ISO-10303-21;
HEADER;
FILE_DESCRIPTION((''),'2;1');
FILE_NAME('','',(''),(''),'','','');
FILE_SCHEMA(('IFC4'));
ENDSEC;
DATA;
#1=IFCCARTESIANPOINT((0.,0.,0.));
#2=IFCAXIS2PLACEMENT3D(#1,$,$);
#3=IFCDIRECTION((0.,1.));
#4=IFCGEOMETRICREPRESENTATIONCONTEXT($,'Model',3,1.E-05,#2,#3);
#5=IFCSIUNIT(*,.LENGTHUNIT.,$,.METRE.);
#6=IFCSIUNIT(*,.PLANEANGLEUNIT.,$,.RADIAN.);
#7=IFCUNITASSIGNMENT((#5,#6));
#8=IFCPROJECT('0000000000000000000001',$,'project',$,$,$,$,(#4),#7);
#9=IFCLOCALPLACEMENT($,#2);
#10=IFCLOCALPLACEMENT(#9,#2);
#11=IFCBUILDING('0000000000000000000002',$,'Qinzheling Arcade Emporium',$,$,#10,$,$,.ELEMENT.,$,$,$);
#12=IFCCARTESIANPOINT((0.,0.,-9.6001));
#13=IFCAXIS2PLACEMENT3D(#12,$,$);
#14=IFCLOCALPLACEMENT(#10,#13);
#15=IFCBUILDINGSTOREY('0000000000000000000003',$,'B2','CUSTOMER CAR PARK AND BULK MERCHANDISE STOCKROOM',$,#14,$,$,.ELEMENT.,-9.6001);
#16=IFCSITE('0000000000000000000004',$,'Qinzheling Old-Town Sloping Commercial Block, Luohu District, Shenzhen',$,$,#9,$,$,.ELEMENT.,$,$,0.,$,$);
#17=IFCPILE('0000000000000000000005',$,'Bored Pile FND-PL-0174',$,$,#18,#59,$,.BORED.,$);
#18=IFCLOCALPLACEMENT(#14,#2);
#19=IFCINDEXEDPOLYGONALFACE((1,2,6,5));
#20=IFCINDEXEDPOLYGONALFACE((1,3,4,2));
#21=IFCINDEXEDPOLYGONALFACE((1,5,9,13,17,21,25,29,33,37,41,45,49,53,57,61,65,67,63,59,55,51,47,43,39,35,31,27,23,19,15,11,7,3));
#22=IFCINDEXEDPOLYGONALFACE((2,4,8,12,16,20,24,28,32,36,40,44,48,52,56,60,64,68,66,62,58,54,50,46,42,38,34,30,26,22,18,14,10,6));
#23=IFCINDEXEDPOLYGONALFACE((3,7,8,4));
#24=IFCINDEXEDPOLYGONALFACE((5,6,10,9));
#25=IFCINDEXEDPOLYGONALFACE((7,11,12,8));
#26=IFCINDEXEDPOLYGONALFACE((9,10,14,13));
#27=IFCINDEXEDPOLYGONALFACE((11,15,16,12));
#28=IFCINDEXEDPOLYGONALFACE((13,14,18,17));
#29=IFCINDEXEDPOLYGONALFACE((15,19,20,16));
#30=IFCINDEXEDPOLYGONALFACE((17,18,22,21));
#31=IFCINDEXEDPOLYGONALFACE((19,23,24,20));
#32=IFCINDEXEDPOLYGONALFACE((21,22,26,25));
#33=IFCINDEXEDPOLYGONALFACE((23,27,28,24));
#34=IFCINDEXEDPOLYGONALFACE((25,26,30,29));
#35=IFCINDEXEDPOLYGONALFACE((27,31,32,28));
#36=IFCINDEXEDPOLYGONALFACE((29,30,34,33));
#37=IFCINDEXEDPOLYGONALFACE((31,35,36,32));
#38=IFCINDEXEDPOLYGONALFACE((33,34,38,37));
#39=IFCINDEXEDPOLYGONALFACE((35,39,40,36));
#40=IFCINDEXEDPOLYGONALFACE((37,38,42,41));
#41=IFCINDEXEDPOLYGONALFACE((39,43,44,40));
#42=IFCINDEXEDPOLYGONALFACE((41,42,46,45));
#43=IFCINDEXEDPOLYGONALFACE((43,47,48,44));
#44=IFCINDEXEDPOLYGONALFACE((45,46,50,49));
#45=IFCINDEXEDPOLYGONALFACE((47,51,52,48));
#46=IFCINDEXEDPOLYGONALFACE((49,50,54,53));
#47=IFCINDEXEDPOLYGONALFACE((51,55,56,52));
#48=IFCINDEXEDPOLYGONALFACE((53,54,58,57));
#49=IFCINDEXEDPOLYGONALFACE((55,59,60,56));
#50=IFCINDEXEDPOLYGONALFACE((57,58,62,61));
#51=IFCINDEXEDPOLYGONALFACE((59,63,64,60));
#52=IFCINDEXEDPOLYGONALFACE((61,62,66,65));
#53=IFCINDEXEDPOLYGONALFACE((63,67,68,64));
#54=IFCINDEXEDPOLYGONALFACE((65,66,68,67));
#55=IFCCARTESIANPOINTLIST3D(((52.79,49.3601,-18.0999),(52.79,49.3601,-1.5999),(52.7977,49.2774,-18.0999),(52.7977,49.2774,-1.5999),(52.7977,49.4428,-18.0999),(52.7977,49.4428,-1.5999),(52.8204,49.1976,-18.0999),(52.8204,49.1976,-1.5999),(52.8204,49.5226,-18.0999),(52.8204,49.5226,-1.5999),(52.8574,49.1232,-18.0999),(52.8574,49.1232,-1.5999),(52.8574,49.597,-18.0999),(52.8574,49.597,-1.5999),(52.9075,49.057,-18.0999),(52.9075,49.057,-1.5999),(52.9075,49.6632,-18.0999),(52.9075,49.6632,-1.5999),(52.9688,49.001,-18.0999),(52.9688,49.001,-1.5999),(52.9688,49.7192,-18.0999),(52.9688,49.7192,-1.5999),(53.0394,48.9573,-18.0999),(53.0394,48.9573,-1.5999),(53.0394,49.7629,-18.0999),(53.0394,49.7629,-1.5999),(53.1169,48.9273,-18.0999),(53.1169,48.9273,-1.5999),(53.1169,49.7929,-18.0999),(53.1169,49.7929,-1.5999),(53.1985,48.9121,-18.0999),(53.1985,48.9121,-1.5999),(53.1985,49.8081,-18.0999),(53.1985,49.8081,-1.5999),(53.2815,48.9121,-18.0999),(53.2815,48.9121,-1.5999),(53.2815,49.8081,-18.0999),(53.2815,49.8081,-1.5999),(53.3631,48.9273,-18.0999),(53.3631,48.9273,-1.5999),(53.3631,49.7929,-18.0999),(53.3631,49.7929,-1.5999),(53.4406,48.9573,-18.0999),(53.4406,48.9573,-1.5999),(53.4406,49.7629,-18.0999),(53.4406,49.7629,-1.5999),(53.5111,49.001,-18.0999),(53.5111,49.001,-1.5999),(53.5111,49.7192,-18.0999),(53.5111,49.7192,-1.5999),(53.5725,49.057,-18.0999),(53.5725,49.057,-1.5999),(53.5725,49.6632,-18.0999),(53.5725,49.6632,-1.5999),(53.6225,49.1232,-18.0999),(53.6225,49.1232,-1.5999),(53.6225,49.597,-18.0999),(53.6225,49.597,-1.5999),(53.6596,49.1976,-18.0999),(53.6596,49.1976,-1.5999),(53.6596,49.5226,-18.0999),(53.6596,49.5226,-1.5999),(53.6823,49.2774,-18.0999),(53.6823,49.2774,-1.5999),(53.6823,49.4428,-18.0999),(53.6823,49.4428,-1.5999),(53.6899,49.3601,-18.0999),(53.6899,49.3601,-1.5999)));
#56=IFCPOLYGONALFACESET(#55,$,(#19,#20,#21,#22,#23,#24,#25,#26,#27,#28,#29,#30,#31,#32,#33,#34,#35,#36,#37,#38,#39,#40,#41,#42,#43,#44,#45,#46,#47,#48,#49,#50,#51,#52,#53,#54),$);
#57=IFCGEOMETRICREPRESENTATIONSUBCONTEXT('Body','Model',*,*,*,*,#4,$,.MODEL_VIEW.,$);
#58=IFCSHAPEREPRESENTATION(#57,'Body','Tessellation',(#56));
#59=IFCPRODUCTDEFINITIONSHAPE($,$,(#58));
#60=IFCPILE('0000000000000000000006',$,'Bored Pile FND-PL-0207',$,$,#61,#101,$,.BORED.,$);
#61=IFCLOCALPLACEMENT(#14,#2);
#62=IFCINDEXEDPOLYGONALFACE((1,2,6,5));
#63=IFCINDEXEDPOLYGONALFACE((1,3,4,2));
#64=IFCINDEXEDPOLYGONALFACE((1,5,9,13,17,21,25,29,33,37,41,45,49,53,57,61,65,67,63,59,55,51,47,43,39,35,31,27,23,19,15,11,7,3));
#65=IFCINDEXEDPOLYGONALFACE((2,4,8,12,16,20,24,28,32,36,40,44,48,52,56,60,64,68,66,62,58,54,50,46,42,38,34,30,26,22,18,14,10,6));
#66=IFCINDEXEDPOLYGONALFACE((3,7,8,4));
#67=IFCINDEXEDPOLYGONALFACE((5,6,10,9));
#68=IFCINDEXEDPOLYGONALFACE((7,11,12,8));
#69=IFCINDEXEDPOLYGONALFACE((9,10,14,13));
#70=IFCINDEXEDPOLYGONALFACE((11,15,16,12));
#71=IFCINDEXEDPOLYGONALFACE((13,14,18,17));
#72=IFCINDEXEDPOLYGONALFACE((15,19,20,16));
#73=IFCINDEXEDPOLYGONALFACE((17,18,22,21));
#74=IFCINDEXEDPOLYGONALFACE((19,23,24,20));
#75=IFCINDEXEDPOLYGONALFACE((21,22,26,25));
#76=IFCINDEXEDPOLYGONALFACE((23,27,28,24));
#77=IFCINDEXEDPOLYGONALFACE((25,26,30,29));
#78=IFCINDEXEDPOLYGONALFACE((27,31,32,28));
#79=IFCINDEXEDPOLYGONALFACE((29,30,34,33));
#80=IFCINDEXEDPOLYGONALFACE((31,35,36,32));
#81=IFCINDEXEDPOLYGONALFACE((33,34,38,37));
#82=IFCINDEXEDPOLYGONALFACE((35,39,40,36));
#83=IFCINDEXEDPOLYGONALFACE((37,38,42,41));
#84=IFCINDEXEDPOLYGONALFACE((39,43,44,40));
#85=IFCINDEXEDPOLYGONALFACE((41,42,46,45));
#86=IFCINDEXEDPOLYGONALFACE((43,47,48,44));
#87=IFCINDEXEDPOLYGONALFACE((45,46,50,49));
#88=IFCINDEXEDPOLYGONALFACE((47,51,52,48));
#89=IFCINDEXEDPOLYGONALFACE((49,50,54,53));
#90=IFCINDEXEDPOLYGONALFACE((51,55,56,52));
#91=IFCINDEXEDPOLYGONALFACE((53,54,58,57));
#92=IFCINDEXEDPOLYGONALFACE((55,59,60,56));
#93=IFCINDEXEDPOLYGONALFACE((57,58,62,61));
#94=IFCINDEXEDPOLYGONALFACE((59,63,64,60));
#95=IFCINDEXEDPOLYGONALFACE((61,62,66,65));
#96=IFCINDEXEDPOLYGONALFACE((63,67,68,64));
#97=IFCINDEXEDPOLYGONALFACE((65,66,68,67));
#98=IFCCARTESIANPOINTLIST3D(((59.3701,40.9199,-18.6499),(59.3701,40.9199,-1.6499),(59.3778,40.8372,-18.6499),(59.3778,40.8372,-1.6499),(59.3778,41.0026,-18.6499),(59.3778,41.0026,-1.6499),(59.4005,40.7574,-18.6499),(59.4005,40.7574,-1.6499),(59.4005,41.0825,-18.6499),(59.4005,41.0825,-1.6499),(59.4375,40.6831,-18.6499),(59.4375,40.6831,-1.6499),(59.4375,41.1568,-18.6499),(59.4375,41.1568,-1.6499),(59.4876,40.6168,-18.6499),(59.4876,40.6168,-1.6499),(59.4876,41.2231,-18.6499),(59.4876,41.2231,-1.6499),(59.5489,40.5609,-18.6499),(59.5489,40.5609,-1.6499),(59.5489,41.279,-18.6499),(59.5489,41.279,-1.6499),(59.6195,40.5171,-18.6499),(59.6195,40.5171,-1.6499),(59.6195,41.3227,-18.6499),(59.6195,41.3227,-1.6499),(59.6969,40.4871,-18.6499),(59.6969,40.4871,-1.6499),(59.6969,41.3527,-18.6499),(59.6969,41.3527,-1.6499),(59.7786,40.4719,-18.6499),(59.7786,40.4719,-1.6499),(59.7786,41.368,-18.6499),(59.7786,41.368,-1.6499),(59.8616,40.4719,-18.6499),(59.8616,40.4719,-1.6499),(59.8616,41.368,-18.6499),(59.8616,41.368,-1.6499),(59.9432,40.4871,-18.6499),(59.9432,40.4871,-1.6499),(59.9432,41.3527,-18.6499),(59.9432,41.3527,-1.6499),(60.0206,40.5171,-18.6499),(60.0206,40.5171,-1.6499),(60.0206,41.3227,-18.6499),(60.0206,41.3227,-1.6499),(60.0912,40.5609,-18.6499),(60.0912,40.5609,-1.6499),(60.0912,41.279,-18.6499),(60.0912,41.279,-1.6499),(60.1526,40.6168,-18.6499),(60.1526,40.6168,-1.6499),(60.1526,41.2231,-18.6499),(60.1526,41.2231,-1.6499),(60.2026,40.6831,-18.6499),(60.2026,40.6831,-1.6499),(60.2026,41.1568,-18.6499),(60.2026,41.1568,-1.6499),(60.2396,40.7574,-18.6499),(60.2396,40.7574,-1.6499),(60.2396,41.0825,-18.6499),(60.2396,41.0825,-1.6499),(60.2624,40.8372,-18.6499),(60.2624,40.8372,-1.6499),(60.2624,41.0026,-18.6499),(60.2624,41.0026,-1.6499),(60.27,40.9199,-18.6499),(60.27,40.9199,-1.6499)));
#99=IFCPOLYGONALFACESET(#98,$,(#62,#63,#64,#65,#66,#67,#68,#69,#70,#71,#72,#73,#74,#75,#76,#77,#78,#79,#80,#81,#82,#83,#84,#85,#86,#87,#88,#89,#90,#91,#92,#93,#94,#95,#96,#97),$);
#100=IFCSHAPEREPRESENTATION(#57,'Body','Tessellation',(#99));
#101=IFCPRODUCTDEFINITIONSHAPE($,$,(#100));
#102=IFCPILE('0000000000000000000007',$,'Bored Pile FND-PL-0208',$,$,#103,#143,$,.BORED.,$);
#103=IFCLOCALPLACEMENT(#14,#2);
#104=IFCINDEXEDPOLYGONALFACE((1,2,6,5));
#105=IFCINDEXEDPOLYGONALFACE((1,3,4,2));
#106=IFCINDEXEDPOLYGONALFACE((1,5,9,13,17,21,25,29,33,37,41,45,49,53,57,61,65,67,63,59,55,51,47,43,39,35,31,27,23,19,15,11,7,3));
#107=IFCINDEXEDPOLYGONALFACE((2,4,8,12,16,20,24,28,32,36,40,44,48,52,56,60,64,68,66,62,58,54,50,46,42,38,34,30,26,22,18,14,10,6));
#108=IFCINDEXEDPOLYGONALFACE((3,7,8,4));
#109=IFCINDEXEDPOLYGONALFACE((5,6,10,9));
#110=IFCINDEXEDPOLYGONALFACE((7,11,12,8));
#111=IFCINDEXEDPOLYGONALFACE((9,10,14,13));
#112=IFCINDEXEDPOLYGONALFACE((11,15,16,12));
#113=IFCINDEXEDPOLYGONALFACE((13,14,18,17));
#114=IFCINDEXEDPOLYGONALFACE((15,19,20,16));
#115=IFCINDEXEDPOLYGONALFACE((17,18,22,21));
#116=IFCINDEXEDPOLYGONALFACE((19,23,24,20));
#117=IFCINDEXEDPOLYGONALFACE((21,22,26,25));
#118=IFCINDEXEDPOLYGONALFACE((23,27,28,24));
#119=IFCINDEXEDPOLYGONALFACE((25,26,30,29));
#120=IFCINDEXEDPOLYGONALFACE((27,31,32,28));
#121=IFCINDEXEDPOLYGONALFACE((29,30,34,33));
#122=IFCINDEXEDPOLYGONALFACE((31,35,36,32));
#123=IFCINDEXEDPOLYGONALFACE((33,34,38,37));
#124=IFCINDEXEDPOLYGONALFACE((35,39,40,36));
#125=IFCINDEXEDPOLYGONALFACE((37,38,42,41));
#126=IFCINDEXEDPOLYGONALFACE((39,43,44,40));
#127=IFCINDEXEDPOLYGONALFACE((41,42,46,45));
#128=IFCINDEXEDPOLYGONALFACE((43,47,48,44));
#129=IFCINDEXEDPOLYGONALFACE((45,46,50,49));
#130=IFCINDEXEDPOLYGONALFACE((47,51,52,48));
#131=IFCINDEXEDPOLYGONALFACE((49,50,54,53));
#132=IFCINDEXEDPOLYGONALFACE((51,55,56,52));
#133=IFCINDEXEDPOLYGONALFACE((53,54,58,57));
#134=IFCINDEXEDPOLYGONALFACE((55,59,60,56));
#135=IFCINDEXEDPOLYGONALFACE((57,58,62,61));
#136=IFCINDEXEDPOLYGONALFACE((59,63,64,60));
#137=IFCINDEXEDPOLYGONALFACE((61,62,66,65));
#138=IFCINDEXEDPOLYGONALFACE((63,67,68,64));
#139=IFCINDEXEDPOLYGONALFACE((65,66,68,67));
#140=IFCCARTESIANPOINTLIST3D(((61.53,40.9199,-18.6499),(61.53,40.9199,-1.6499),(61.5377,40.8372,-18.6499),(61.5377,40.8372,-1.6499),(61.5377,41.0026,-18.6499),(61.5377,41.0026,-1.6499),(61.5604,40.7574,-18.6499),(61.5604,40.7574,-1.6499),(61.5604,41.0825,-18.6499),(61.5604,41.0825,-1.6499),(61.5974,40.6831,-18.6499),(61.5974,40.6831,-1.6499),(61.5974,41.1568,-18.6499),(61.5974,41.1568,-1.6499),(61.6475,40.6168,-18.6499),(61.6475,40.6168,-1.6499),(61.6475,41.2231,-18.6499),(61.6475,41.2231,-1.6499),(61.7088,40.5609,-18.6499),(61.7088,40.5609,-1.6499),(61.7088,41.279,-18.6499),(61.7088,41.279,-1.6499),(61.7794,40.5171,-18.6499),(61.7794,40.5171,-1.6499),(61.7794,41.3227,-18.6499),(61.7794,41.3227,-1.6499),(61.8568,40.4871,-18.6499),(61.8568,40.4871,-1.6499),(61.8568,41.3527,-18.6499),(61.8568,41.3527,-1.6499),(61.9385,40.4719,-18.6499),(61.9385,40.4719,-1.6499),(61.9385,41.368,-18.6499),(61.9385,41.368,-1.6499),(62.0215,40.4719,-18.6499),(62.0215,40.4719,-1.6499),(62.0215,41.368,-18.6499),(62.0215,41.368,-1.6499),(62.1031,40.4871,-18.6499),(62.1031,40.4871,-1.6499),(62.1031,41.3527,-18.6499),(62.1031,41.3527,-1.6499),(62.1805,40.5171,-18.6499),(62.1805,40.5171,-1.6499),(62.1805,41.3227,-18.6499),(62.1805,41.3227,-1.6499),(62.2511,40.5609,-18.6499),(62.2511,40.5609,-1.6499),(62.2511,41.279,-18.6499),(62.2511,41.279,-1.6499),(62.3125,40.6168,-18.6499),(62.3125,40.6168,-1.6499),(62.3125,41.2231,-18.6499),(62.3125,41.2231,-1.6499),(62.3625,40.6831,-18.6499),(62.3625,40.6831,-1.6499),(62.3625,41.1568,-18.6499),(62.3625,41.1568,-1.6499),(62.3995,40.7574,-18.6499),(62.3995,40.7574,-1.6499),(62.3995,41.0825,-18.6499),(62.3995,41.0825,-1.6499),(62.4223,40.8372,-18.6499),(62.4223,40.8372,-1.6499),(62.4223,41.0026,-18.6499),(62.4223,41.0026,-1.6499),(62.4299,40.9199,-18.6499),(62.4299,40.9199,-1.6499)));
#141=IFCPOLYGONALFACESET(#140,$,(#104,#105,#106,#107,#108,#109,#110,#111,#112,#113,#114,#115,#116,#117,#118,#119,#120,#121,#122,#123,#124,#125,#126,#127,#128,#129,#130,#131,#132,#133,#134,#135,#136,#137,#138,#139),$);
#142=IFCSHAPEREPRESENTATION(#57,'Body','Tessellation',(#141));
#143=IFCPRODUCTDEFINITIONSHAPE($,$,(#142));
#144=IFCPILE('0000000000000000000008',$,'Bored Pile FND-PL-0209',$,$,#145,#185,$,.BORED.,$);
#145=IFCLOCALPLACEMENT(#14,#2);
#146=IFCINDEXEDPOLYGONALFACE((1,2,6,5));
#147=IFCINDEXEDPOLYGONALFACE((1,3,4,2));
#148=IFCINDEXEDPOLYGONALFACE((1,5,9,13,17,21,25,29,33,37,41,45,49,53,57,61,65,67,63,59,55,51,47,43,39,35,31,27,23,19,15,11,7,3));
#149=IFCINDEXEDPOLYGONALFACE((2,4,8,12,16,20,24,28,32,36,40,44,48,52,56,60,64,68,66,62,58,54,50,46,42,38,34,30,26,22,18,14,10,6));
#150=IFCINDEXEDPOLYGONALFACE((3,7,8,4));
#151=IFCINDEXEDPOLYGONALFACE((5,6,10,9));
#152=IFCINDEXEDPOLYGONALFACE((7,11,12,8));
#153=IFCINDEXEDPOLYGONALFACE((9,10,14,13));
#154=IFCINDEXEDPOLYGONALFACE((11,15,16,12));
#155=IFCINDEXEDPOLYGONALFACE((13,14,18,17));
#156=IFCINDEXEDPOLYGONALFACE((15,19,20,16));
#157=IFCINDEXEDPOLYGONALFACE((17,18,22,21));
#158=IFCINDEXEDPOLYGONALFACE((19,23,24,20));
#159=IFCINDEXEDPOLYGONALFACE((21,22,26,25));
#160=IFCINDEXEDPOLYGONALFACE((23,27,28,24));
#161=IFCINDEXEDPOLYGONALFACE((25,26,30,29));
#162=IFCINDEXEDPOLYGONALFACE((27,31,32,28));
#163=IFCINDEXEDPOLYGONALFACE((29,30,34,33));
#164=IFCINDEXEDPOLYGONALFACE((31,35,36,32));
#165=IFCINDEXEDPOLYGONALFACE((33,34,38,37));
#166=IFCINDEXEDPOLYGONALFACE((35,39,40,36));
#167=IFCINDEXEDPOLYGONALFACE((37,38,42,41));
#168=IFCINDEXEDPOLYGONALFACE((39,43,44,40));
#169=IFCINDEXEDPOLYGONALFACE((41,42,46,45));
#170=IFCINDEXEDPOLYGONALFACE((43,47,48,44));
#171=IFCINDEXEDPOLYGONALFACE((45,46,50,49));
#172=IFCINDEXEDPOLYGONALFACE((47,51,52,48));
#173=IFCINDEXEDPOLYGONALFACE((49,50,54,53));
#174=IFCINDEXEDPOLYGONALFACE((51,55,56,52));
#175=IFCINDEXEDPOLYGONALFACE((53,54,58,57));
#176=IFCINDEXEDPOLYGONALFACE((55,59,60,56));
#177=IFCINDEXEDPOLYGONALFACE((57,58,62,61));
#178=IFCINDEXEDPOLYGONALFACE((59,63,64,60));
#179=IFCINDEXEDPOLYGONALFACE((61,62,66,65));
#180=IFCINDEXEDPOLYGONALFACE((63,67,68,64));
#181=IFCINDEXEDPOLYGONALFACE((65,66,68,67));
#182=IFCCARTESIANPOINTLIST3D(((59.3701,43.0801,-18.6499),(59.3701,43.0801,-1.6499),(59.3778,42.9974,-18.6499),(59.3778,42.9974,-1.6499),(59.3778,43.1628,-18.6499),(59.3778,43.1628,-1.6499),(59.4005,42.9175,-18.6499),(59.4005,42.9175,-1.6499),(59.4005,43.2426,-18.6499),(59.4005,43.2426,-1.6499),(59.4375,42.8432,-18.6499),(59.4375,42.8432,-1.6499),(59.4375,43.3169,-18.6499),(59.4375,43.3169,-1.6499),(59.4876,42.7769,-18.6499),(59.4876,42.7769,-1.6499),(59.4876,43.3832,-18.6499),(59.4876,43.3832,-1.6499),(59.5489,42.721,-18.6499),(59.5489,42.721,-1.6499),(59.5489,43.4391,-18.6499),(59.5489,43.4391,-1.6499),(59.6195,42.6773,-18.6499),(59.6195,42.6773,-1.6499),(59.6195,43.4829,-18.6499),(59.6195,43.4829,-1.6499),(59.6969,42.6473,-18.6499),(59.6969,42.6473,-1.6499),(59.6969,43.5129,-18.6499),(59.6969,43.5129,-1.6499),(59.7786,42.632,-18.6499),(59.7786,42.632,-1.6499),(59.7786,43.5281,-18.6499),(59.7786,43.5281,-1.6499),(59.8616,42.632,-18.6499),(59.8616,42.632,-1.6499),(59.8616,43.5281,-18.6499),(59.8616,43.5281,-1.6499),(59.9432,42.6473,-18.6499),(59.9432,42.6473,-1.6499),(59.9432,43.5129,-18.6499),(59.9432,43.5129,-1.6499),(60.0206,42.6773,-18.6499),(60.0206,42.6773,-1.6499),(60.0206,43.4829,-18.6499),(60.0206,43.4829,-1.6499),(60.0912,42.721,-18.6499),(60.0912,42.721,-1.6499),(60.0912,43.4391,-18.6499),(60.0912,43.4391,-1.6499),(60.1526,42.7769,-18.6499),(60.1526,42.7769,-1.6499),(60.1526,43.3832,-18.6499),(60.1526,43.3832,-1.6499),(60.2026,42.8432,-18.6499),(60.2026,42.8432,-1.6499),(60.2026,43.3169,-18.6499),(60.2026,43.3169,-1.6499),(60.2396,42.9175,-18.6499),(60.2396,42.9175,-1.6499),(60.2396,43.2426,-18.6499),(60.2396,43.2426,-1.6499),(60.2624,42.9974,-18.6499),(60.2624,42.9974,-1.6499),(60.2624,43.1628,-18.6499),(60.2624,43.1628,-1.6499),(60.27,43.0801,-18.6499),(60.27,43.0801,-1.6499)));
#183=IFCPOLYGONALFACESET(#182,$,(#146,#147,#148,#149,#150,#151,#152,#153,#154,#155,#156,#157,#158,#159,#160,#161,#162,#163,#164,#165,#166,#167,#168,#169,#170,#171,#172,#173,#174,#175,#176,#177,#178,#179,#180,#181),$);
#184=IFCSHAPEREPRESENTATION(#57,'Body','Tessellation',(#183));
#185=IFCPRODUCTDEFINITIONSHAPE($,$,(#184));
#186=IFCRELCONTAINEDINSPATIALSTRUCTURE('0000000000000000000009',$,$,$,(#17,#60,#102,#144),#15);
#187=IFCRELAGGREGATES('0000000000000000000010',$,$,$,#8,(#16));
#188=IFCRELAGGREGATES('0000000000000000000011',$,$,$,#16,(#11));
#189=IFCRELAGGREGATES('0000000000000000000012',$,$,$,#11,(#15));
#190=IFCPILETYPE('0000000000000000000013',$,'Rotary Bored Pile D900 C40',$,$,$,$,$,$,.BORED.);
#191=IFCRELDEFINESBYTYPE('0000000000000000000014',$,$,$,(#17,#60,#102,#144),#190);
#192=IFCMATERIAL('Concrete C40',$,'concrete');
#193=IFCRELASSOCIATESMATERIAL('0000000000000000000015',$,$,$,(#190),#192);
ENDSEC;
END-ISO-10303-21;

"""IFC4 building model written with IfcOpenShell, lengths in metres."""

from ifc_helpers import new_model, si_unit, direction, frame, origin, origin_2d, place, context, subcontext, project, spatial, circle, extrude, material, material_profile, profile_set, type_object, element, save


model = new_model("IFC4")

# Units and contexts
model_context = context("Model", 3, precision=1e-05, world=origin(), true_north=direction((0.0, 1.0)))
body_context = subcontext(model_context, "Body", "Model", "MODEL_VIEW")
ifc_project = project(units=[si_unit("LENGTHUNIT", "METRE"), si_unit("PLANEANGLEUNIT", "RADIAN")], contexts=[model_context])

# Site, building, storey
site_placement = place(None, origin())
site = spatial("IfcSite", under=ifc_project, at=site_placement, Name="Qinzheling Old-Town Sloping Commercial Block, Luohu District, Shenzhen", CompositionType="ELEMENT", RefElevation=0.0)
building_placement = place(site_placement, origin())
building = spatial("IfcBuilding", under=site, at=building_placement, Name="Qinzheling Arcade Emporium", CompositionType="ELEMENT")
storey_placement = place(building_placement, frame((0.0, 0.0, -9.6001)))
storey = spatial("IfcBuildingStorey", under=building, at=storey_placement, Name="B2", Description="CUSTOMER CAR PARK AND BULK MERCHANDISE STOCKROOM", CompositionType="ELEMENT", Elevation=-9.6001)

# Shared definitions
ifc_material_1 = material(Name="Concrete C40", Category="concrete")

# Piles
ifc_material_profile_1 = material_profile(ifc_material_1, circle(Radius=0.45, at=origin_2d()), Name="BORED D900", Category="concrete")
ifc_profile_set_1 = profile_set([ifc_material_profile_1], Name="Concrete C40")
pile_type = type_object("IfcPileType", Name="Rotary Bored Pile D900 C40", PredefinedType="BORED", material=ifc_profile_set_1)
pile_placement = place(storey_placement, frame((53.24, 49.3601, -1.5999), z_axis=(0.0, 0.0, -1.0), x_axis=(1.0, 0.0, 0.0)))
element("IfcPile", 1, at=pile_placement, inside=storey, type_object=pile_type, Name="Bored Pile FND-PL-0174", PredefinedType="BORED", context=body_context, shape_type="SweptSolid", body=[
    extrude(circle(Radius=0.45, at=origin_2d()), origin(), (0.0, 0.0, 1.0), 16.5),
])
for number, where, z_axis, x_axis, name in (
    (2, (59.8201, 40.9199, -1.6499), (0.0, 0.0, -1.0), (1.0, 0.0, 0.0), "Bored Pile FND-PL-0207"),
    (3, (61.98, 40.9199, -1.6499), (0.0, 0.0, -1.0), (1.0, 0.0, 0.0), "Bored Pile FND-PL-0208"),
    (4, (59.8201, 43.0801, -1.6499), (0.0, 0.0, -1.0), (1.0, 0.0, 0.0), "Bored Pile FND-PL-0209"),
):
    element("IfcPile", number, at=place(storey_placement, frame(where, z_axis=z_axis, x_axis=x_axis)), inside=storey, type_object=pile_type, Name=name, PredefinedType="BORED", context=body_context, shape_type="SweptSolid", body=[
        extrude(circle(Radius=0.45, at=origin_2d()), origin(), (0.0, 0.0, 1.0), 17.0),
    ])

save(model, "model.ifc")
